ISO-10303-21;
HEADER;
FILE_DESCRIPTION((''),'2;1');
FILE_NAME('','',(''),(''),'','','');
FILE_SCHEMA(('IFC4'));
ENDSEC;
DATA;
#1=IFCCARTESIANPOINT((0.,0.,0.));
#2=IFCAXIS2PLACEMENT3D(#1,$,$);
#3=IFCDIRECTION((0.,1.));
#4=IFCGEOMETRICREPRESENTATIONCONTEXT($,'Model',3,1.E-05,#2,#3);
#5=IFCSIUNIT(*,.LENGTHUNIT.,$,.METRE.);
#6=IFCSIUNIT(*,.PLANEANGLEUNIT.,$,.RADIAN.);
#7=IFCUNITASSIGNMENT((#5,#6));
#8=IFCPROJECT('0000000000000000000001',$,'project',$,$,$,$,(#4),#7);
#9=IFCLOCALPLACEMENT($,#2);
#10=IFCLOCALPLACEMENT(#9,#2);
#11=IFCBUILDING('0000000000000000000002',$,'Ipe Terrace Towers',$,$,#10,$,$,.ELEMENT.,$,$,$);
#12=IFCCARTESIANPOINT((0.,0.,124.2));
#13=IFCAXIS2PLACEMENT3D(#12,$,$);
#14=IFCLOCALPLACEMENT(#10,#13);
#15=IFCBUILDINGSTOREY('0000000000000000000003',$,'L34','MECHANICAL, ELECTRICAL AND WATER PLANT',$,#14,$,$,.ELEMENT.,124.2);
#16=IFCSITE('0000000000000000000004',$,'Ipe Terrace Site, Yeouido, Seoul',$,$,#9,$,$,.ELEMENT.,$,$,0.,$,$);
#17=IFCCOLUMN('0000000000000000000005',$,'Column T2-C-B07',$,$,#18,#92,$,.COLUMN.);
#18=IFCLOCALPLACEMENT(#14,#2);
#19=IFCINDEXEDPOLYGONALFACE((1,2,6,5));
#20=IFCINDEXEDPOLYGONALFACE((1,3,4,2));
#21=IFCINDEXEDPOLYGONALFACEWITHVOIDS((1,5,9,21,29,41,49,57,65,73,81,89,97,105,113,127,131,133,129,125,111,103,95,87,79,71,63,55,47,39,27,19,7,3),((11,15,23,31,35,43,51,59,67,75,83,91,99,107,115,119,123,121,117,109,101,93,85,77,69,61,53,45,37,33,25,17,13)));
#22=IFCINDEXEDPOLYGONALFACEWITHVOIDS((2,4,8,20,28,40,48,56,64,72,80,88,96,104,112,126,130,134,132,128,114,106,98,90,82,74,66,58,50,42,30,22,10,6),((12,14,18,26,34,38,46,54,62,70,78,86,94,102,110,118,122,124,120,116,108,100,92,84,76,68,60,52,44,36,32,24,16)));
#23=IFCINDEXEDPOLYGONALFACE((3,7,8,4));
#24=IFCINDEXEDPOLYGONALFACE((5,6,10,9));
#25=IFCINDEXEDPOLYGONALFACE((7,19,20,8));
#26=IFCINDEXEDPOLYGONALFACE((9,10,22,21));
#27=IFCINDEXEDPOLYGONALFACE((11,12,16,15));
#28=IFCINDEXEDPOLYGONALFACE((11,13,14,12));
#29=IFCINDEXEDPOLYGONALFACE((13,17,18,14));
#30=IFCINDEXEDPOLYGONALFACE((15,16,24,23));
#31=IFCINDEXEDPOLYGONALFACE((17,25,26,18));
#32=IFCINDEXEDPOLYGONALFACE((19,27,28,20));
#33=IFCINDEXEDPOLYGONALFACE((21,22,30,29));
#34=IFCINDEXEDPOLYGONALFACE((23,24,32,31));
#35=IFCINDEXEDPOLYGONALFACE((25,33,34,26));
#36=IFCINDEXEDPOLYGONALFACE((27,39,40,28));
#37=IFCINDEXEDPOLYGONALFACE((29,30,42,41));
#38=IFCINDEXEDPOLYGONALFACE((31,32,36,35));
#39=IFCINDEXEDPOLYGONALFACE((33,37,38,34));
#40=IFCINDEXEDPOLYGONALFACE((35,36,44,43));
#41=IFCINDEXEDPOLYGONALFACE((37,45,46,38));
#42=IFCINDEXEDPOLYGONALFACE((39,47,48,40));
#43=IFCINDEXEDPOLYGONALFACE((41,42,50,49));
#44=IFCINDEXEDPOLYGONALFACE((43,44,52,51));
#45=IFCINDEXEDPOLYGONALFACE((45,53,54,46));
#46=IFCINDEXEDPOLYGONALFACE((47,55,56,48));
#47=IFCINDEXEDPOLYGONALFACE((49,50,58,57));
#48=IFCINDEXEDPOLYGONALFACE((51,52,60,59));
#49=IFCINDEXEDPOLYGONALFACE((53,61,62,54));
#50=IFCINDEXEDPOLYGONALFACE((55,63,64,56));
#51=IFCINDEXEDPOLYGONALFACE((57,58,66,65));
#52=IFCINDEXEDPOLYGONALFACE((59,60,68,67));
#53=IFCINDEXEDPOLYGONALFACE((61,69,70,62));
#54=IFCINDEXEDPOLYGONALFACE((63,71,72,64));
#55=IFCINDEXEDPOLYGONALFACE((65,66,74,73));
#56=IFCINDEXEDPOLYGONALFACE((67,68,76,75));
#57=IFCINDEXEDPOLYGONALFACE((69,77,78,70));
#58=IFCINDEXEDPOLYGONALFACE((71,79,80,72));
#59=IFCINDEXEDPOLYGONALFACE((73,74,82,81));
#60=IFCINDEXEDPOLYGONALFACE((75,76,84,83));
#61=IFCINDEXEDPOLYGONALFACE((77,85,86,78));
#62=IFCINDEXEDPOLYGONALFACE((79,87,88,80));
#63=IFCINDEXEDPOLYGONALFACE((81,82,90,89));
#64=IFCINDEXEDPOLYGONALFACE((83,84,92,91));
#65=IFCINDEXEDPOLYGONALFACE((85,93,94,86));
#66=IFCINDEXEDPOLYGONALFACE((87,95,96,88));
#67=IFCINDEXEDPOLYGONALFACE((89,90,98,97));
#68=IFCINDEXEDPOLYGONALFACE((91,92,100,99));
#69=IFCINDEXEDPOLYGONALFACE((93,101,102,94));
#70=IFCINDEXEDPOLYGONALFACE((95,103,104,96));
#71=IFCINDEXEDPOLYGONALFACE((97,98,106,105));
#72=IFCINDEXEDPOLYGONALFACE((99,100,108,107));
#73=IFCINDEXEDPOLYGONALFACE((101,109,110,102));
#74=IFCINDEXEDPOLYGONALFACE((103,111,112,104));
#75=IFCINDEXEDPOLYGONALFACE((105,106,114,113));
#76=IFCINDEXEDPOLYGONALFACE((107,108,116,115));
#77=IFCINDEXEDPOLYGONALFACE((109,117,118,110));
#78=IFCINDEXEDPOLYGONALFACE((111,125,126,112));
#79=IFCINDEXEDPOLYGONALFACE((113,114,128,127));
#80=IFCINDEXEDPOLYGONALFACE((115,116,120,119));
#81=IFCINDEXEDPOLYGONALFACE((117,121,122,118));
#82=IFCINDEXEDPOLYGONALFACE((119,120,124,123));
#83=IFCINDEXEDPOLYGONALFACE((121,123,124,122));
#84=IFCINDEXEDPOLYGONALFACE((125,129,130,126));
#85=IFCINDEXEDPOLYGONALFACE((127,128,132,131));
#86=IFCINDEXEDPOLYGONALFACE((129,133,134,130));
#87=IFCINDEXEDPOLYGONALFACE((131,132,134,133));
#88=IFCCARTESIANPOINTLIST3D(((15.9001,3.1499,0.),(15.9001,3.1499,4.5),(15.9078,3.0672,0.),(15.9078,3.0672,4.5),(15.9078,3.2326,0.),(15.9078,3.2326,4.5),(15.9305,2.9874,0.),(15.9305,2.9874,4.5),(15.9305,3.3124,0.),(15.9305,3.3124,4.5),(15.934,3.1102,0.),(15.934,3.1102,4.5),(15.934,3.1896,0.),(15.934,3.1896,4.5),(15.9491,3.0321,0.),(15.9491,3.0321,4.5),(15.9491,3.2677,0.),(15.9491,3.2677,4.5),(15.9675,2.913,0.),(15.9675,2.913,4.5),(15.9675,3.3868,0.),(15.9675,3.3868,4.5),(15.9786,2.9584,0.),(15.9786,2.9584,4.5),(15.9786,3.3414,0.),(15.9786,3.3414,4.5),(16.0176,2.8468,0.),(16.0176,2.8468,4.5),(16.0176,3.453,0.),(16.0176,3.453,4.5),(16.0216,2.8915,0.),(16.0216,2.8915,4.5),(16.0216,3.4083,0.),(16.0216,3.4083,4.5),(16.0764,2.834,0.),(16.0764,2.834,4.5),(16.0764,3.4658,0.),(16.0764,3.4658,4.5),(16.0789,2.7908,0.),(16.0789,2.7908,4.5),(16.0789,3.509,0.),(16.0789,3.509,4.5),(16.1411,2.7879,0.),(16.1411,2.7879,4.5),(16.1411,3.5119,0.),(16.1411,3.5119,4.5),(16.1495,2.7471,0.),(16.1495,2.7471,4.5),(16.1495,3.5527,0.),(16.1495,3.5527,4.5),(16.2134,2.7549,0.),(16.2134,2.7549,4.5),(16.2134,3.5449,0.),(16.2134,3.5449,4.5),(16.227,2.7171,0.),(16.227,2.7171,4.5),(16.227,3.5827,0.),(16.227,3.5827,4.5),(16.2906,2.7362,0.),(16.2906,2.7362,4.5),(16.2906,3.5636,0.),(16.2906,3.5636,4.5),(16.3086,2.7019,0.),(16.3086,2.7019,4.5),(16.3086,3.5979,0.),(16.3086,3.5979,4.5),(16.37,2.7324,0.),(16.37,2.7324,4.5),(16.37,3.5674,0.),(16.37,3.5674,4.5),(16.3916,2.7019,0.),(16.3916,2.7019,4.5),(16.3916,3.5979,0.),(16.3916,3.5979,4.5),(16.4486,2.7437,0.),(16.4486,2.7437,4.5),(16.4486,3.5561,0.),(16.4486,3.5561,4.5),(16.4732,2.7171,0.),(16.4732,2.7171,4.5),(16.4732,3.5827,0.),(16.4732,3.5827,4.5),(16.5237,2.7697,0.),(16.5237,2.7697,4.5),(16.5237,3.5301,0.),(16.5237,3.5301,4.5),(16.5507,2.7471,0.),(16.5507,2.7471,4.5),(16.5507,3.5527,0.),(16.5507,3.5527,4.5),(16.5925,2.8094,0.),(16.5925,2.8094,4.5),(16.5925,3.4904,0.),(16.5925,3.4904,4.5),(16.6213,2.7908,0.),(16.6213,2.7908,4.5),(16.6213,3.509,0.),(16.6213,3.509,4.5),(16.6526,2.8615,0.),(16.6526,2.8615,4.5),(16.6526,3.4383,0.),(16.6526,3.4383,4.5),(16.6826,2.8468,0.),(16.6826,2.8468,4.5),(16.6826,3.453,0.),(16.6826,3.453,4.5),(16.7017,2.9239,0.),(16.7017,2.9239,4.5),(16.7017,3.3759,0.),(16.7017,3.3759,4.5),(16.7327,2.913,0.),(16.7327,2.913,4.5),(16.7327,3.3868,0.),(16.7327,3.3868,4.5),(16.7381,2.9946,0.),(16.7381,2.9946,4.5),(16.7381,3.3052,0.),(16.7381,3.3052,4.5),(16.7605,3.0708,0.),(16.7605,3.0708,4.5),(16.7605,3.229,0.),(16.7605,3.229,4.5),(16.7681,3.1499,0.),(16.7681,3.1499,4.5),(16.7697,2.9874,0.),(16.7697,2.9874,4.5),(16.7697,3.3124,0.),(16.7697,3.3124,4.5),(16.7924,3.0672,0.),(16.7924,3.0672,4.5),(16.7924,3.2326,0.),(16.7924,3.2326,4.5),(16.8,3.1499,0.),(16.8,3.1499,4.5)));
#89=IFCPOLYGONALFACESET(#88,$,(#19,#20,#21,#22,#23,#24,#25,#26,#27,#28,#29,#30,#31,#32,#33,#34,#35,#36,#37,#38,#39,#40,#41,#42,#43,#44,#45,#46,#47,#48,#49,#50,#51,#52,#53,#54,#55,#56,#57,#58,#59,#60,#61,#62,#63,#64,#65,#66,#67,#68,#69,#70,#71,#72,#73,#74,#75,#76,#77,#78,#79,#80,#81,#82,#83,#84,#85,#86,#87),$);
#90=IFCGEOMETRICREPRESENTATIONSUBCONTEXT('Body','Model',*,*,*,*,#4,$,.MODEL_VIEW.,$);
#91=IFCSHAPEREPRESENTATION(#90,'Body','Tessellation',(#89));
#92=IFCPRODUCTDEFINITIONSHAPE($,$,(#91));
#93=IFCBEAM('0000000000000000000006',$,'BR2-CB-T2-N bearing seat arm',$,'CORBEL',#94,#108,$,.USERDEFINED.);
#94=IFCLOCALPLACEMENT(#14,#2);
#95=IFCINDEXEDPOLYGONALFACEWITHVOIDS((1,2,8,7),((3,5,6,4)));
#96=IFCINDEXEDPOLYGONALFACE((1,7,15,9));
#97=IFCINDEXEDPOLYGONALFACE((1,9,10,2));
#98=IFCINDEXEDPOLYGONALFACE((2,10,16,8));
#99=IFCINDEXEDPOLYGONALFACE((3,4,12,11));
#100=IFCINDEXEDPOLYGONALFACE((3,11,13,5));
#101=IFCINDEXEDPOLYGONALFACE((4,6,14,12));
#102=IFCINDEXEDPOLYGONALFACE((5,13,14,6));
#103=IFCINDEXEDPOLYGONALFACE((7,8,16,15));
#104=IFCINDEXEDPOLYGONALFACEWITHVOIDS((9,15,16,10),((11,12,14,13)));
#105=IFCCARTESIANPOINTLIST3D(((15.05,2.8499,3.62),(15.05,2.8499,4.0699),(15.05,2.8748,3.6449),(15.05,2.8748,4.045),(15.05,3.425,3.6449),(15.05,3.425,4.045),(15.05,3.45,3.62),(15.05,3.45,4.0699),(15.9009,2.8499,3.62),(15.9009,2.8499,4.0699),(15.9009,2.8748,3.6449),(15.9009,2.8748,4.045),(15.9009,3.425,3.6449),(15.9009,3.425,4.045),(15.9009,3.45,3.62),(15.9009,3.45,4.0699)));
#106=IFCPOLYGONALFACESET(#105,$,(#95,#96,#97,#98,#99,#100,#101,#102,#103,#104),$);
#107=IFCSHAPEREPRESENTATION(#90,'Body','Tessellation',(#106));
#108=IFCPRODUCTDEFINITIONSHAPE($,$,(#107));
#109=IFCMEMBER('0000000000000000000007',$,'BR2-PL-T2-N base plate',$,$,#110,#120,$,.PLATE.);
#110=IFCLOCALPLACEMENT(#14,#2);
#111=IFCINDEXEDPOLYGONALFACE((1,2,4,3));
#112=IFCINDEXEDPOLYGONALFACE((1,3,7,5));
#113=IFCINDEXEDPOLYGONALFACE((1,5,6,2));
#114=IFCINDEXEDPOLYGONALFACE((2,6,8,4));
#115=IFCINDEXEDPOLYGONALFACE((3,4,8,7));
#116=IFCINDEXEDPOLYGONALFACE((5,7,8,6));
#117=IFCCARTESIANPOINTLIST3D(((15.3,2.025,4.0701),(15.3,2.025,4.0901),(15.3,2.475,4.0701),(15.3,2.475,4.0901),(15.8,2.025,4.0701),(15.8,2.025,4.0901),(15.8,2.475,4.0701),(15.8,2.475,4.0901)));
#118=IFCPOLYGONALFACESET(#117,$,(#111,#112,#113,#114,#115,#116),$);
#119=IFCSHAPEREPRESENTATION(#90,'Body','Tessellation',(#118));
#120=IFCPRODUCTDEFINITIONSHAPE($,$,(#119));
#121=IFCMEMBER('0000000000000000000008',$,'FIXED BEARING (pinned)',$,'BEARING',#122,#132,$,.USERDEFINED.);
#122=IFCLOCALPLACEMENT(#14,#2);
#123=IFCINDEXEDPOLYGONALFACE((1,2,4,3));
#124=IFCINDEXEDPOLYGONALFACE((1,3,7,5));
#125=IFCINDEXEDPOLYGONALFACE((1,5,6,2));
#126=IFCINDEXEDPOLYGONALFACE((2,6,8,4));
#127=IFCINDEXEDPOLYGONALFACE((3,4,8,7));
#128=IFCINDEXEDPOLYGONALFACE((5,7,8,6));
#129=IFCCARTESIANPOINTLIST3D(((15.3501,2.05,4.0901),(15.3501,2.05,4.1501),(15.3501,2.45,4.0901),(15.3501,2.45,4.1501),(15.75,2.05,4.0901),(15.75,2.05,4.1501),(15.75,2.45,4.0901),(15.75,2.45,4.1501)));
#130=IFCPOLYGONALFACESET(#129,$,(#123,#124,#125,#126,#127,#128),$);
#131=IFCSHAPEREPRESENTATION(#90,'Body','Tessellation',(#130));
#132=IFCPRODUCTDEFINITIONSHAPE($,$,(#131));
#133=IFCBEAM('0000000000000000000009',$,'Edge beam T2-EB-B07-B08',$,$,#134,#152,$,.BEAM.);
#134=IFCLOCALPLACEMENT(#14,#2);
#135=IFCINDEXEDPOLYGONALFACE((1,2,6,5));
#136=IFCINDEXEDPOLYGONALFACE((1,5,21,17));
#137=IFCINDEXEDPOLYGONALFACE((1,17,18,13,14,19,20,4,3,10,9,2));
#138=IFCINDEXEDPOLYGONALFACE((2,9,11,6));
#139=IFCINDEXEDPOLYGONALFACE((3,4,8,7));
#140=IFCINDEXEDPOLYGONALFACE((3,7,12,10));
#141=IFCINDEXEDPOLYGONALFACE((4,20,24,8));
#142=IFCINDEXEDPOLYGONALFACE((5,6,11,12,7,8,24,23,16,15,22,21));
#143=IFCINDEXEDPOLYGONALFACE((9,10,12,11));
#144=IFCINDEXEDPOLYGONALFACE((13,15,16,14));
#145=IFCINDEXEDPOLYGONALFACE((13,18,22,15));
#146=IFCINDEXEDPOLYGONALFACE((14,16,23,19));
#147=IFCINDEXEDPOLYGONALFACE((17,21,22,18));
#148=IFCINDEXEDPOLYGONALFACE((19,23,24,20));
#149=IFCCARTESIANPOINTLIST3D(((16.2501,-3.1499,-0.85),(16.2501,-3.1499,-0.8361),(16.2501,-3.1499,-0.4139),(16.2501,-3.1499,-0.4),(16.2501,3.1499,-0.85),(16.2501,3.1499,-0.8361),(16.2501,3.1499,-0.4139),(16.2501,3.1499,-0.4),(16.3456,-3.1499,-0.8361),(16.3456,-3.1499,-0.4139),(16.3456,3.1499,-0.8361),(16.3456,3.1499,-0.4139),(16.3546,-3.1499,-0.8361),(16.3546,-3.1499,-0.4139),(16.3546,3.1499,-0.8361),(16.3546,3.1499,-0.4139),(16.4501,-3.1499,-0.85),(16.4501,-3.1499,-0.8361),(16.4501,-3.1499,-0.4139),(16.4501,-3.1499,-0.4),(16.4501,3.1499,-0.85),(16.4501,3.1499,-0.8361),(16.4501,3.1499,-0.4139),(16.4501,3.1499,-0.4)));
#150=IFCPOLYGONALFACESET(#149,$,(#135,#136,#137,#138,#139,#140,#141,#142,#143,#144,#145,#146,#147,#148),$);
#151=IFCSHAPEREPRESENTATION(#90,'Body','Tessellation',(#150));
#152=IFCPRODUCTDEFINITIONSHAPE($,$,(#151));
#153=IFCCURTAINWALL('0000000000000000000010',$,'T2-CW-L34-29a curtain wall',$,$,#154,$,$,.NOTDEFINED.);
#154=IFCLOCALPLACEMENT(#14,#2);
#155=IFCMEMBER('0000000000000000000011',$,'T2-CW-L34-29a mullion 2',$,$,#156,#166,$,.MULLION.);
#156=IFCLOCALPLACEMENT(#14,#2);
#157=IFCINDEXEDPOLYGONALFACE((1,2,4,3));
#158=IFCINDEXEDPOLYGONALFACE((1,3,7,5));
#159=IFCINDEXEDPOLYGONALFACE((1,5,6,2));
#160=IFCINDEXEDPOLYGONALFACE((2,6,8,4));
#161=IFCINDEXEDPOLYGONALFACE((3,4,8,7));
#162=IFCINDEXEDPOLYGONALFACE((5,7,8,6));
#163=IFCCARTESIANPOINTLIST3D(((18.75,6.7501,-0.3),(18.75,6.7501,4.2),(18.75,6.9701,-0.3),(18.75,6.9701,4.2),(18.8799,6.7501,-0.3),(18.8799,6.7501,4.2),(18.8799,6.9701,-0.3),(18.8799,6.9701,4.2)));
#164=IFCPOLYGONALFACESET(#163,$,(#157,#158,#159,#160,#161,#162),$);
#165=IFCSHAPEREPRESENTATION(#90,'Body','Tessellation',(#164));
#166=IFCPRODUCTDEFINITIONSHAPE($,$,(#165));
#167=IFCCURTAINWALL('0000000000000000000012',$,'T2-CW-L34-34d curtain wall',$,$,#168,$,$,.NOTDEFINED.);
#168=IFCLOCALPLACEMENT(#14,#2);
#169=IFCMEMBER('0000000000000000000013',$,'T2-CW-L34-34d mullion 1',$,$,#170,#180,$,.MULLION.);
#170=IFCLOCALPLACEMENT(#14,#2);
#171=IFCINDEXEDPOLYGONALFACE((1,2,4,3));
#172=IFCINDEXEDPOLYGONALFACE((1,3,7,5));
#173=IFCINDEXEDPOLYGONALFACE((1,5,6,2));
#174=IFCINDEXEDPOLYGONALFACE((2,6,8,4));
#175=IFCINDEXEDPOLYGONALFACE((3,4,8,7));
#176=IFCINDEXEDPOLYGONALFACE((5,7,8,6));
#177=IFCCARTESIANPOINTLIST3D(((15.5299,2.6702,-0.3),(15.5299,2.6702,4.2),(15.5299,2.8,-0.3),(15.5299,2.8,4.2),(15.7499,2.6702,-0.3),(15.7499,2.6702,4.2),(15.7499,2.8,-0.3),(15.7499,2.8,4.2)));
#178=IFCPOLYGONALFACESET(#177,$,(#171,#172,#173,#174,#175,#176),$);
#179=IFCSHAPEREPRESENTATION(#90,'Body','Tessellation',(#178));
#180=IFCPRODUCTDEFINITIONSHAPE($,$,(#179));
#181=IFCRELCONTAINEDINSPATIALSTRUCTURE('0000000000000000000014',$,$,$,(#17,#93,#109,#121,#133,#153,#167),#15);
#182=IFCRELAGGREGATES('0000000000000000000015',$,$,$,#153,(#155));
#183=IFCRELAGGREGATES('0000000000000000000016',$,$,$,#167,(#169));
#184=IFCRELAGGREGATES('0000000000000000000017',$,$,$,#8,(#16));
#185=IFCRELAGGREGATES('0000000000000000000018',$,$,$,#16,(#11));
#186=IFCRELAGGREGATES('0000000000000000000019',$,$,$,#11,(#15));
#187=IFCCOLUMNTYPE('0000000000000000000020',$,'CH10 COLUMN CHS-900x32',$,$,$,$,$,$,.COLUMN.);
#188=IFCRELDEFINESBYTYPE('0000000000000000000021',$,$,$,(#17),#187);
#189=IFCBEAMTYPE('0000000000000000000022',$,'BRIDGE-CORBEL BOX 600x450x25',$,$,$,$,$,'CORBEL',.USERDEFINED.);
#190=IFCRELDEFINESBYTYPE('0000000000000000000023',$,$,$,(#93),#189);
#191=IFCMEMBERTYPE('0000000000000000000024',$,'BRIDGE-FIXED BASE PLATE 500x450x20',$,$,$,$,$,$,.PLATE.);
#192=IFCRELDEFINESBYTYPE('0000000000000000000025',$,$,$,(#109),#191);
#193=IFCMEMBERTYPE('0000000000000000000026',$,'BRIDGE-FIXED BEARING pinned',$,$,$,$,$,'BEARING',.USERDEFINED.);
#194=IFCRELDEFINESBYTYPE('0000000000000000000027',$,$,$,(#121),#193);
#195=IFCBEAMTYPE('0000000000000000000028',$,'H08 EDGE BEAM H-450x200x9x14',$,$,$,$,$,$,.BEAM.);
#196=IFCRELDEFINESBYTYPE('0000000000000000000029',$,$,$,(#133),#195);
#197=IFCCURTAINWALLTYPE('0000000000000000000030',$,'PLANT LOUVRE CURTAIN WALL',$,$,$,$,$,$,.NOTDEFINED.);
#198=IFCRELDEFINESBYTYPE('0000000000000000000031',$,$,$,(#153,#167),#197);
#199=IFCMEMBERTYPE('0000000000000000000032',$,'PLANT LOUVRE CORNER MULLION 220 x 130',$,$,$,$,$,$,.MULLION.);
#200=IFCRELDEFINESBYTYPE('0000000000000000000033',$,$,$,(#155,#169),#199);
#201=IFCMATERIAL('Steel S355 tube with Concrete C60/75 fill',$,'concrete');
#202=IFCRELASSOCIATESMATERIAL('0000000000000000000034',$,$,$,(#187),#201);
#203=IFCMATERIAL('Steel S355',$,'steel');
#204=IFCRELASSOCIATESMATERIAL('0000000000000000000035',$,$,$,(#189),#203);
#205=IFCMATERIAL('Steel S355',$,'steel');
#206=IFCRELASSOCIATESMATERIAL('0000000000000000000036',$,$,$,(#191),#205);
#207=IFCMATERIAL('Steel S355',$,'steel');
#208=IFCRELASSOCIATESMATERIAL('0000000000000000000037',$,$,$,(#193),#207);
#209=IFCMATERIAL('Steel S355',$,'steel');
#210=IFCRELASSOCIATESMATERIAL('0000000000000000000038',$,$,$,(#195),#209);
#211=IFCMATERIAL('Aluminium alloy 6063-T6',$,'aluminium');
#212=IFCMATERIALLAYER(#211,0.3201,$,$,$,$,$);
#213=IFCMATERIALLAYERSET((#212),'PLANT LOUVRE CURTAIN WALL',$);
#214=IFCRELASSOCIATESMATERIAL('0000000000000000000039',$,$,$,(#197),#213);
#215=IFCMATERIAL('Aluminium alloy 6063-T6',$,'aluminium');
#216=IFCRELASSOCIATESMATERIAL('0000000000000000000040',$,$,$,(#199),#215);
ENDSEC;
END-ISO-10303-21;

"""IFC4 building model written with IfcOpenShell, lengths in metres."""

from ifc_helpers import new_model, si_unit, direction, frame, origin, origin_2d, place, context, subcontext, project, spatial, rectangle, hollow_rectangle, hollow_circle, i_section, extrude, material, layer, layer_set, material_profile, profile_set, type_object, element, aggregate, save


model = new_model("IFC4")

# Units and contexts
model_context = context("Model", 3, precision=1e-05, world=origin(), true_north=direction((0.0, 1.0)))
body_context = subcontext(model_context, "Body", "Model", "MODEL_VIEW")
ifc_project = project(units=[si_unit("LENGTHUNIT", "METRE"), si_unit("PLANEANGLEUNIT", "RADIAN")], contexts=[model_context])

# Site, building, storey
site_placement = place(None, origin())
site = spatial("IfcSite", under=ifc_project, at=site_placement, Name="Ipe Terrace Site, Yeouido, Seoul", CompositionType="ELEMENT", RefElevation=0.0)
building_placement = place(site_placement, origin())
building = spatial("IfcBuilding", under=site, at=building_placement, Name="Ipe Terrace Towers", CompositionType="ELEMENT")
storey_placement = place(building_placement, frame((0.0, 0.0, 124.2)))
storey = spatial("IfcBuildingStorey", under=building, at=storey_placement, Name="L34", Description="MECHANICAL, ELECTRICAL AND WATER PLANT", CompositionType="ELEMENT", Elevation=124.2)

# Column
ifc_material_1 = material(Name="Steel S355 tube with Concrete C60/75 fill", Category="concrete")
ifc_material_profile_1 = material_profile(ifc_material_1, hollow_circle(Radius=0.45, WallThickness=0.032, at=origin_2d()), Name="CHS-900x32")
ifc_profile_set_1 = profile_set([ifc_material_profile_1], Name="Steel S355 tube with Concrete C60/75 fill")
column_type = type_object("IfcColumnType", Name="CH10 COLUMN CHS-900x32", PredefinedType="COLUMN", material=ifc_profile_set_1)
for number, where, z_axis, x_axis, name in (
    (1, (16.3501, 3.1499, 0.0), (0.0, 0.0, 1.0), (1.0, 0.0, 0.0), "Column T2-C-B07"),
):
    element("IfcColumn", number, at=place(storey_placement, frame(where, z_axis=z_axis, x_axis=x_axis)), inside=storey, type_object=column_type, Name=name, PredefinedType="COLUMN", context=body_context, shape_type="SweptSolid", body=[
        extrude(hollow_circle(Radius=0.45, WallThickness=0.032, at=origin_2d()), origin(), (0.0, 0.0, 1.0), 4.5),
    ])

# Beam
ifc_material_2 = material(Name="Steel S355", Category="steel")
ifc_material_profile_2 = material_profile(ifc_material_2, hollow_rectangle(XDim=0.6001, YDim=0.45, WallThickness=0.0249, at=origin_2d()), Name="BRIDGE-CORBEL BOX 600x450x25")
ifc_profile_set_2 = profile_set([ifc_material_profile_2], Name="Steel S355")
beam_type_1 = type_object("IfcBeamType", Name="BRIDGE-CORBEL BOX 600x450x25", ElementType="CORBEL", PredefinedType="USERDEFINED", material=ifc_profile_set_2)
beam_1_placement = place(storey_placement, frame((15.9009, 3.1499, 3.845), z_axis=(-1.0, 0.0, 0.0), x_axis=(0.0, -1.0, 0.0)))
element("IfcBeam", 2, at=beam_1_placement, inside=storey, type_object=beam_type_1, Name="BR2-CB-T2-N bearing seat arm", ObjectType="CORBEL", PredefinedType="USERDEFINED", context=body_context, shape_type="SweptSolid", body=[
    extrude(hollow_rectangle(XDim=0.6001, YDim=0.45, WallThickness=0.0249, at=origin_2d()), origin(), (0.0, 0.0, 1.0), 0.8508),
])

# Members
ifc_material_3 = material(Name="Steel S355", Category="steel")
member_type_1 = type_object("IfcMemberType", Name="BRIDGE-FIXED BASE PLATE 500x450x20", PredefinedType="PLATE", material=ifc_material_3)
member_1_placement = place(storey_placement, frame((15.55, 2.25, 4.0701), z_axis=(0.0, 0.0, 1.0), x_axis=(1.0, 0.0, 0.0)))
element("IfcMember", 3, at=member_1_placement, inside=storey, type_object=member_type_1, Name="BR2-PL-T2-N base plate", PredefinedType="PLATE", context=body_context, shape_type="SweptSolid", body=[
    extrude(rectangle(XDim=0.5, YDim=0.45, at=origin_2d()), origin(), (0.0, 0.0, 1.0), 0.02),
])
ifc_material_4 = material(Name="Steel S355", Category="steel")
member_type_2 = type_object("IfcMemberType", Name="BRIDGE-FIXED BEARING pinned", ElementType="BEARING", PredefinedType="USERDEFINED", material=ifc_material_4)
member_2_placement = place(storey_placement, frame((15.55, 2.25, 4.0901), z_axis=(0.0, 0.0, 1.0), x_axis=(1.0, 0.0, 0.0)))
element("IfcMember", 4, at=member_2_placement, inside=storey, type_object=member_type_2, Name="FIXED BEARING (pinned)", ObjectType="BEARING", PredefinedType="USERDEFINED", context=body_context, shape_type="SweptSolid", body=[
    extrude(rectangle(XDim=0.3999, YDim=0.3999, at=origin_2d()), origin(), (0.0, 0.0, 1.0), 0.0601),
])

# Beam
ifc_material_5 = material(Name="Steel S355", Category="steel")
ifc_material_profile_3 = material_profile(ifc_material_5, i_section(OverallWidth=0.2, OverallDepth=0.45, WebThickness=0.009, FlangeThickness=0.0139, at=origin_2d()), Name="H-450x200x9x14")
ifc_profile_set_3 = profile_set([ifc_material_profile_3], Name="Steel S355")
beam_type_2 = type_object("IfcBeamType", Name="H08 EDGE BEAM H-450x200x9x14", PredefinedType="BEAM", material=ifc_profile_set_3)
beam_2_placement = place(storey_placement, frame((16.3501, 3.1499, -0.625), z_axis=(0.0, -1.0, 0.0), x_axis=(1.0, 0.0, 0.0)))
element("IfcBeam", 5, at=beam_2_placement, inside=storey, type_object=beam_type_2, Name="Edge beam T2-EB-B07-B08", PredefinedType="BEAM", context=body_context, shape_type="SweptSolid", body=[
    extrude(i_section(OverallWidth=0.2, OverallDepth=0.45, WebThickness=0.009, FlangeThickness=0.0139, at=origin_2d()), origin(), (0.0, 0.0, 1.0), 6.2998),
])

# Curtain wall, member
ifc_material_6 = material(Name="Aluminium alloy 6063-T6", Category="aluminium")
ifc_layer_1 = layer(ifc_material_6, 0.3201)
ifc_layer_set_1 = layer_set([ifc_layer_1], Name="PLANT LOUVRE CURTAIN WALL")
curtain_wall_type = type_object("IfcCurtainWallType", Name="PLANT LOUVRE CURTAIN WALL", PredefinedType="NOTDEFINED", material=ifc_layer_set_1)
curtain_wall_1_placement = place(storey_placement, origin())
curtain_wall_1 = element("IfcCurtainWall", 6, at=curtain_wall_1_placement, inside=storey, type_object=curtain_wall_type, Name="T2-CW-L34-29a curtain wall", PredefinedType="NOTDEFINED")
ifc_material_7 = material(Name="Aluminium alloy 6063-T6", Category="aluminium")
ifc_material_profile_4 = material_profile(ifc_material_7, rectangle(XDim=0.22, YDim=0.1299, at=origin_2d()), Name="PLANT LOUVRE CORNER MULLION 220 x 130")
ifc_profile_set_4 = profile_set([ifc_material_profile_4], Name="Aluminium alloy 6063-T6")
member_type_3 = type_object("IfcMemberType", Name="PLANT LOUVRE CORNER MULLION 220 x 130", PredefinedType="MULLION", material=ifc_profile_set_4)
member_3_placement = place(storey_placement, frame((18.8149, 6.8601, -0.3), z_axis=(0.0, 0.0, 1.0), x_axis=(0.0, 1.0, 0.0)))
member_3 = element("IfcMember", 7, at=member_3_placement, type_object=member_type_3, Name="T2-CW-L34-29a mullion 2", PredefinedType="MULLION", context=body_context, shape_type="SweptSolid", body=[
    extrude(rectangle(XDim=0.22, YDim=0.1299, at=origin_2d()), origin(), (0.0, 0.0, 1.0), 4.5),
])
aggregate(curtain_wall_1, [member_3])

# Curtain wall, member
curtain_wall_2_placement = place(storey_placement, origin())
curtain_wall_2 = element("IfcCurtainWall", 8, at=curtain_wall_2_placement, inside=storey, type_object=curtain_wall_type, Name="T2-CW-L34-34d curtain wall", PredefinedType="NOTDEFINED")
member_4_placement = place(storey_placement, frame((15.6399, 2.7351, -0.3), z_axis=(0.0, 0.0, 1.0), x_axis=(-1.0, 0.0, 0.0)))
member_4 = element("IfcMember", 9, at=member_4_placement, type_object=member_type_3, Name="T2-CW-L34-34d mullion 1", PredefinedType="MULLION", context=body_context, shape_type="SweptSolid", body=[
    extrude(rectangle(XDim=0.22, YDim=0.1299, at=origin_2d()), origin(), (0.0, 0.0, 1.0), 4.5),
])

aggregate(curtain_wall_2, [member_4])

save(model, "model.ifc")
